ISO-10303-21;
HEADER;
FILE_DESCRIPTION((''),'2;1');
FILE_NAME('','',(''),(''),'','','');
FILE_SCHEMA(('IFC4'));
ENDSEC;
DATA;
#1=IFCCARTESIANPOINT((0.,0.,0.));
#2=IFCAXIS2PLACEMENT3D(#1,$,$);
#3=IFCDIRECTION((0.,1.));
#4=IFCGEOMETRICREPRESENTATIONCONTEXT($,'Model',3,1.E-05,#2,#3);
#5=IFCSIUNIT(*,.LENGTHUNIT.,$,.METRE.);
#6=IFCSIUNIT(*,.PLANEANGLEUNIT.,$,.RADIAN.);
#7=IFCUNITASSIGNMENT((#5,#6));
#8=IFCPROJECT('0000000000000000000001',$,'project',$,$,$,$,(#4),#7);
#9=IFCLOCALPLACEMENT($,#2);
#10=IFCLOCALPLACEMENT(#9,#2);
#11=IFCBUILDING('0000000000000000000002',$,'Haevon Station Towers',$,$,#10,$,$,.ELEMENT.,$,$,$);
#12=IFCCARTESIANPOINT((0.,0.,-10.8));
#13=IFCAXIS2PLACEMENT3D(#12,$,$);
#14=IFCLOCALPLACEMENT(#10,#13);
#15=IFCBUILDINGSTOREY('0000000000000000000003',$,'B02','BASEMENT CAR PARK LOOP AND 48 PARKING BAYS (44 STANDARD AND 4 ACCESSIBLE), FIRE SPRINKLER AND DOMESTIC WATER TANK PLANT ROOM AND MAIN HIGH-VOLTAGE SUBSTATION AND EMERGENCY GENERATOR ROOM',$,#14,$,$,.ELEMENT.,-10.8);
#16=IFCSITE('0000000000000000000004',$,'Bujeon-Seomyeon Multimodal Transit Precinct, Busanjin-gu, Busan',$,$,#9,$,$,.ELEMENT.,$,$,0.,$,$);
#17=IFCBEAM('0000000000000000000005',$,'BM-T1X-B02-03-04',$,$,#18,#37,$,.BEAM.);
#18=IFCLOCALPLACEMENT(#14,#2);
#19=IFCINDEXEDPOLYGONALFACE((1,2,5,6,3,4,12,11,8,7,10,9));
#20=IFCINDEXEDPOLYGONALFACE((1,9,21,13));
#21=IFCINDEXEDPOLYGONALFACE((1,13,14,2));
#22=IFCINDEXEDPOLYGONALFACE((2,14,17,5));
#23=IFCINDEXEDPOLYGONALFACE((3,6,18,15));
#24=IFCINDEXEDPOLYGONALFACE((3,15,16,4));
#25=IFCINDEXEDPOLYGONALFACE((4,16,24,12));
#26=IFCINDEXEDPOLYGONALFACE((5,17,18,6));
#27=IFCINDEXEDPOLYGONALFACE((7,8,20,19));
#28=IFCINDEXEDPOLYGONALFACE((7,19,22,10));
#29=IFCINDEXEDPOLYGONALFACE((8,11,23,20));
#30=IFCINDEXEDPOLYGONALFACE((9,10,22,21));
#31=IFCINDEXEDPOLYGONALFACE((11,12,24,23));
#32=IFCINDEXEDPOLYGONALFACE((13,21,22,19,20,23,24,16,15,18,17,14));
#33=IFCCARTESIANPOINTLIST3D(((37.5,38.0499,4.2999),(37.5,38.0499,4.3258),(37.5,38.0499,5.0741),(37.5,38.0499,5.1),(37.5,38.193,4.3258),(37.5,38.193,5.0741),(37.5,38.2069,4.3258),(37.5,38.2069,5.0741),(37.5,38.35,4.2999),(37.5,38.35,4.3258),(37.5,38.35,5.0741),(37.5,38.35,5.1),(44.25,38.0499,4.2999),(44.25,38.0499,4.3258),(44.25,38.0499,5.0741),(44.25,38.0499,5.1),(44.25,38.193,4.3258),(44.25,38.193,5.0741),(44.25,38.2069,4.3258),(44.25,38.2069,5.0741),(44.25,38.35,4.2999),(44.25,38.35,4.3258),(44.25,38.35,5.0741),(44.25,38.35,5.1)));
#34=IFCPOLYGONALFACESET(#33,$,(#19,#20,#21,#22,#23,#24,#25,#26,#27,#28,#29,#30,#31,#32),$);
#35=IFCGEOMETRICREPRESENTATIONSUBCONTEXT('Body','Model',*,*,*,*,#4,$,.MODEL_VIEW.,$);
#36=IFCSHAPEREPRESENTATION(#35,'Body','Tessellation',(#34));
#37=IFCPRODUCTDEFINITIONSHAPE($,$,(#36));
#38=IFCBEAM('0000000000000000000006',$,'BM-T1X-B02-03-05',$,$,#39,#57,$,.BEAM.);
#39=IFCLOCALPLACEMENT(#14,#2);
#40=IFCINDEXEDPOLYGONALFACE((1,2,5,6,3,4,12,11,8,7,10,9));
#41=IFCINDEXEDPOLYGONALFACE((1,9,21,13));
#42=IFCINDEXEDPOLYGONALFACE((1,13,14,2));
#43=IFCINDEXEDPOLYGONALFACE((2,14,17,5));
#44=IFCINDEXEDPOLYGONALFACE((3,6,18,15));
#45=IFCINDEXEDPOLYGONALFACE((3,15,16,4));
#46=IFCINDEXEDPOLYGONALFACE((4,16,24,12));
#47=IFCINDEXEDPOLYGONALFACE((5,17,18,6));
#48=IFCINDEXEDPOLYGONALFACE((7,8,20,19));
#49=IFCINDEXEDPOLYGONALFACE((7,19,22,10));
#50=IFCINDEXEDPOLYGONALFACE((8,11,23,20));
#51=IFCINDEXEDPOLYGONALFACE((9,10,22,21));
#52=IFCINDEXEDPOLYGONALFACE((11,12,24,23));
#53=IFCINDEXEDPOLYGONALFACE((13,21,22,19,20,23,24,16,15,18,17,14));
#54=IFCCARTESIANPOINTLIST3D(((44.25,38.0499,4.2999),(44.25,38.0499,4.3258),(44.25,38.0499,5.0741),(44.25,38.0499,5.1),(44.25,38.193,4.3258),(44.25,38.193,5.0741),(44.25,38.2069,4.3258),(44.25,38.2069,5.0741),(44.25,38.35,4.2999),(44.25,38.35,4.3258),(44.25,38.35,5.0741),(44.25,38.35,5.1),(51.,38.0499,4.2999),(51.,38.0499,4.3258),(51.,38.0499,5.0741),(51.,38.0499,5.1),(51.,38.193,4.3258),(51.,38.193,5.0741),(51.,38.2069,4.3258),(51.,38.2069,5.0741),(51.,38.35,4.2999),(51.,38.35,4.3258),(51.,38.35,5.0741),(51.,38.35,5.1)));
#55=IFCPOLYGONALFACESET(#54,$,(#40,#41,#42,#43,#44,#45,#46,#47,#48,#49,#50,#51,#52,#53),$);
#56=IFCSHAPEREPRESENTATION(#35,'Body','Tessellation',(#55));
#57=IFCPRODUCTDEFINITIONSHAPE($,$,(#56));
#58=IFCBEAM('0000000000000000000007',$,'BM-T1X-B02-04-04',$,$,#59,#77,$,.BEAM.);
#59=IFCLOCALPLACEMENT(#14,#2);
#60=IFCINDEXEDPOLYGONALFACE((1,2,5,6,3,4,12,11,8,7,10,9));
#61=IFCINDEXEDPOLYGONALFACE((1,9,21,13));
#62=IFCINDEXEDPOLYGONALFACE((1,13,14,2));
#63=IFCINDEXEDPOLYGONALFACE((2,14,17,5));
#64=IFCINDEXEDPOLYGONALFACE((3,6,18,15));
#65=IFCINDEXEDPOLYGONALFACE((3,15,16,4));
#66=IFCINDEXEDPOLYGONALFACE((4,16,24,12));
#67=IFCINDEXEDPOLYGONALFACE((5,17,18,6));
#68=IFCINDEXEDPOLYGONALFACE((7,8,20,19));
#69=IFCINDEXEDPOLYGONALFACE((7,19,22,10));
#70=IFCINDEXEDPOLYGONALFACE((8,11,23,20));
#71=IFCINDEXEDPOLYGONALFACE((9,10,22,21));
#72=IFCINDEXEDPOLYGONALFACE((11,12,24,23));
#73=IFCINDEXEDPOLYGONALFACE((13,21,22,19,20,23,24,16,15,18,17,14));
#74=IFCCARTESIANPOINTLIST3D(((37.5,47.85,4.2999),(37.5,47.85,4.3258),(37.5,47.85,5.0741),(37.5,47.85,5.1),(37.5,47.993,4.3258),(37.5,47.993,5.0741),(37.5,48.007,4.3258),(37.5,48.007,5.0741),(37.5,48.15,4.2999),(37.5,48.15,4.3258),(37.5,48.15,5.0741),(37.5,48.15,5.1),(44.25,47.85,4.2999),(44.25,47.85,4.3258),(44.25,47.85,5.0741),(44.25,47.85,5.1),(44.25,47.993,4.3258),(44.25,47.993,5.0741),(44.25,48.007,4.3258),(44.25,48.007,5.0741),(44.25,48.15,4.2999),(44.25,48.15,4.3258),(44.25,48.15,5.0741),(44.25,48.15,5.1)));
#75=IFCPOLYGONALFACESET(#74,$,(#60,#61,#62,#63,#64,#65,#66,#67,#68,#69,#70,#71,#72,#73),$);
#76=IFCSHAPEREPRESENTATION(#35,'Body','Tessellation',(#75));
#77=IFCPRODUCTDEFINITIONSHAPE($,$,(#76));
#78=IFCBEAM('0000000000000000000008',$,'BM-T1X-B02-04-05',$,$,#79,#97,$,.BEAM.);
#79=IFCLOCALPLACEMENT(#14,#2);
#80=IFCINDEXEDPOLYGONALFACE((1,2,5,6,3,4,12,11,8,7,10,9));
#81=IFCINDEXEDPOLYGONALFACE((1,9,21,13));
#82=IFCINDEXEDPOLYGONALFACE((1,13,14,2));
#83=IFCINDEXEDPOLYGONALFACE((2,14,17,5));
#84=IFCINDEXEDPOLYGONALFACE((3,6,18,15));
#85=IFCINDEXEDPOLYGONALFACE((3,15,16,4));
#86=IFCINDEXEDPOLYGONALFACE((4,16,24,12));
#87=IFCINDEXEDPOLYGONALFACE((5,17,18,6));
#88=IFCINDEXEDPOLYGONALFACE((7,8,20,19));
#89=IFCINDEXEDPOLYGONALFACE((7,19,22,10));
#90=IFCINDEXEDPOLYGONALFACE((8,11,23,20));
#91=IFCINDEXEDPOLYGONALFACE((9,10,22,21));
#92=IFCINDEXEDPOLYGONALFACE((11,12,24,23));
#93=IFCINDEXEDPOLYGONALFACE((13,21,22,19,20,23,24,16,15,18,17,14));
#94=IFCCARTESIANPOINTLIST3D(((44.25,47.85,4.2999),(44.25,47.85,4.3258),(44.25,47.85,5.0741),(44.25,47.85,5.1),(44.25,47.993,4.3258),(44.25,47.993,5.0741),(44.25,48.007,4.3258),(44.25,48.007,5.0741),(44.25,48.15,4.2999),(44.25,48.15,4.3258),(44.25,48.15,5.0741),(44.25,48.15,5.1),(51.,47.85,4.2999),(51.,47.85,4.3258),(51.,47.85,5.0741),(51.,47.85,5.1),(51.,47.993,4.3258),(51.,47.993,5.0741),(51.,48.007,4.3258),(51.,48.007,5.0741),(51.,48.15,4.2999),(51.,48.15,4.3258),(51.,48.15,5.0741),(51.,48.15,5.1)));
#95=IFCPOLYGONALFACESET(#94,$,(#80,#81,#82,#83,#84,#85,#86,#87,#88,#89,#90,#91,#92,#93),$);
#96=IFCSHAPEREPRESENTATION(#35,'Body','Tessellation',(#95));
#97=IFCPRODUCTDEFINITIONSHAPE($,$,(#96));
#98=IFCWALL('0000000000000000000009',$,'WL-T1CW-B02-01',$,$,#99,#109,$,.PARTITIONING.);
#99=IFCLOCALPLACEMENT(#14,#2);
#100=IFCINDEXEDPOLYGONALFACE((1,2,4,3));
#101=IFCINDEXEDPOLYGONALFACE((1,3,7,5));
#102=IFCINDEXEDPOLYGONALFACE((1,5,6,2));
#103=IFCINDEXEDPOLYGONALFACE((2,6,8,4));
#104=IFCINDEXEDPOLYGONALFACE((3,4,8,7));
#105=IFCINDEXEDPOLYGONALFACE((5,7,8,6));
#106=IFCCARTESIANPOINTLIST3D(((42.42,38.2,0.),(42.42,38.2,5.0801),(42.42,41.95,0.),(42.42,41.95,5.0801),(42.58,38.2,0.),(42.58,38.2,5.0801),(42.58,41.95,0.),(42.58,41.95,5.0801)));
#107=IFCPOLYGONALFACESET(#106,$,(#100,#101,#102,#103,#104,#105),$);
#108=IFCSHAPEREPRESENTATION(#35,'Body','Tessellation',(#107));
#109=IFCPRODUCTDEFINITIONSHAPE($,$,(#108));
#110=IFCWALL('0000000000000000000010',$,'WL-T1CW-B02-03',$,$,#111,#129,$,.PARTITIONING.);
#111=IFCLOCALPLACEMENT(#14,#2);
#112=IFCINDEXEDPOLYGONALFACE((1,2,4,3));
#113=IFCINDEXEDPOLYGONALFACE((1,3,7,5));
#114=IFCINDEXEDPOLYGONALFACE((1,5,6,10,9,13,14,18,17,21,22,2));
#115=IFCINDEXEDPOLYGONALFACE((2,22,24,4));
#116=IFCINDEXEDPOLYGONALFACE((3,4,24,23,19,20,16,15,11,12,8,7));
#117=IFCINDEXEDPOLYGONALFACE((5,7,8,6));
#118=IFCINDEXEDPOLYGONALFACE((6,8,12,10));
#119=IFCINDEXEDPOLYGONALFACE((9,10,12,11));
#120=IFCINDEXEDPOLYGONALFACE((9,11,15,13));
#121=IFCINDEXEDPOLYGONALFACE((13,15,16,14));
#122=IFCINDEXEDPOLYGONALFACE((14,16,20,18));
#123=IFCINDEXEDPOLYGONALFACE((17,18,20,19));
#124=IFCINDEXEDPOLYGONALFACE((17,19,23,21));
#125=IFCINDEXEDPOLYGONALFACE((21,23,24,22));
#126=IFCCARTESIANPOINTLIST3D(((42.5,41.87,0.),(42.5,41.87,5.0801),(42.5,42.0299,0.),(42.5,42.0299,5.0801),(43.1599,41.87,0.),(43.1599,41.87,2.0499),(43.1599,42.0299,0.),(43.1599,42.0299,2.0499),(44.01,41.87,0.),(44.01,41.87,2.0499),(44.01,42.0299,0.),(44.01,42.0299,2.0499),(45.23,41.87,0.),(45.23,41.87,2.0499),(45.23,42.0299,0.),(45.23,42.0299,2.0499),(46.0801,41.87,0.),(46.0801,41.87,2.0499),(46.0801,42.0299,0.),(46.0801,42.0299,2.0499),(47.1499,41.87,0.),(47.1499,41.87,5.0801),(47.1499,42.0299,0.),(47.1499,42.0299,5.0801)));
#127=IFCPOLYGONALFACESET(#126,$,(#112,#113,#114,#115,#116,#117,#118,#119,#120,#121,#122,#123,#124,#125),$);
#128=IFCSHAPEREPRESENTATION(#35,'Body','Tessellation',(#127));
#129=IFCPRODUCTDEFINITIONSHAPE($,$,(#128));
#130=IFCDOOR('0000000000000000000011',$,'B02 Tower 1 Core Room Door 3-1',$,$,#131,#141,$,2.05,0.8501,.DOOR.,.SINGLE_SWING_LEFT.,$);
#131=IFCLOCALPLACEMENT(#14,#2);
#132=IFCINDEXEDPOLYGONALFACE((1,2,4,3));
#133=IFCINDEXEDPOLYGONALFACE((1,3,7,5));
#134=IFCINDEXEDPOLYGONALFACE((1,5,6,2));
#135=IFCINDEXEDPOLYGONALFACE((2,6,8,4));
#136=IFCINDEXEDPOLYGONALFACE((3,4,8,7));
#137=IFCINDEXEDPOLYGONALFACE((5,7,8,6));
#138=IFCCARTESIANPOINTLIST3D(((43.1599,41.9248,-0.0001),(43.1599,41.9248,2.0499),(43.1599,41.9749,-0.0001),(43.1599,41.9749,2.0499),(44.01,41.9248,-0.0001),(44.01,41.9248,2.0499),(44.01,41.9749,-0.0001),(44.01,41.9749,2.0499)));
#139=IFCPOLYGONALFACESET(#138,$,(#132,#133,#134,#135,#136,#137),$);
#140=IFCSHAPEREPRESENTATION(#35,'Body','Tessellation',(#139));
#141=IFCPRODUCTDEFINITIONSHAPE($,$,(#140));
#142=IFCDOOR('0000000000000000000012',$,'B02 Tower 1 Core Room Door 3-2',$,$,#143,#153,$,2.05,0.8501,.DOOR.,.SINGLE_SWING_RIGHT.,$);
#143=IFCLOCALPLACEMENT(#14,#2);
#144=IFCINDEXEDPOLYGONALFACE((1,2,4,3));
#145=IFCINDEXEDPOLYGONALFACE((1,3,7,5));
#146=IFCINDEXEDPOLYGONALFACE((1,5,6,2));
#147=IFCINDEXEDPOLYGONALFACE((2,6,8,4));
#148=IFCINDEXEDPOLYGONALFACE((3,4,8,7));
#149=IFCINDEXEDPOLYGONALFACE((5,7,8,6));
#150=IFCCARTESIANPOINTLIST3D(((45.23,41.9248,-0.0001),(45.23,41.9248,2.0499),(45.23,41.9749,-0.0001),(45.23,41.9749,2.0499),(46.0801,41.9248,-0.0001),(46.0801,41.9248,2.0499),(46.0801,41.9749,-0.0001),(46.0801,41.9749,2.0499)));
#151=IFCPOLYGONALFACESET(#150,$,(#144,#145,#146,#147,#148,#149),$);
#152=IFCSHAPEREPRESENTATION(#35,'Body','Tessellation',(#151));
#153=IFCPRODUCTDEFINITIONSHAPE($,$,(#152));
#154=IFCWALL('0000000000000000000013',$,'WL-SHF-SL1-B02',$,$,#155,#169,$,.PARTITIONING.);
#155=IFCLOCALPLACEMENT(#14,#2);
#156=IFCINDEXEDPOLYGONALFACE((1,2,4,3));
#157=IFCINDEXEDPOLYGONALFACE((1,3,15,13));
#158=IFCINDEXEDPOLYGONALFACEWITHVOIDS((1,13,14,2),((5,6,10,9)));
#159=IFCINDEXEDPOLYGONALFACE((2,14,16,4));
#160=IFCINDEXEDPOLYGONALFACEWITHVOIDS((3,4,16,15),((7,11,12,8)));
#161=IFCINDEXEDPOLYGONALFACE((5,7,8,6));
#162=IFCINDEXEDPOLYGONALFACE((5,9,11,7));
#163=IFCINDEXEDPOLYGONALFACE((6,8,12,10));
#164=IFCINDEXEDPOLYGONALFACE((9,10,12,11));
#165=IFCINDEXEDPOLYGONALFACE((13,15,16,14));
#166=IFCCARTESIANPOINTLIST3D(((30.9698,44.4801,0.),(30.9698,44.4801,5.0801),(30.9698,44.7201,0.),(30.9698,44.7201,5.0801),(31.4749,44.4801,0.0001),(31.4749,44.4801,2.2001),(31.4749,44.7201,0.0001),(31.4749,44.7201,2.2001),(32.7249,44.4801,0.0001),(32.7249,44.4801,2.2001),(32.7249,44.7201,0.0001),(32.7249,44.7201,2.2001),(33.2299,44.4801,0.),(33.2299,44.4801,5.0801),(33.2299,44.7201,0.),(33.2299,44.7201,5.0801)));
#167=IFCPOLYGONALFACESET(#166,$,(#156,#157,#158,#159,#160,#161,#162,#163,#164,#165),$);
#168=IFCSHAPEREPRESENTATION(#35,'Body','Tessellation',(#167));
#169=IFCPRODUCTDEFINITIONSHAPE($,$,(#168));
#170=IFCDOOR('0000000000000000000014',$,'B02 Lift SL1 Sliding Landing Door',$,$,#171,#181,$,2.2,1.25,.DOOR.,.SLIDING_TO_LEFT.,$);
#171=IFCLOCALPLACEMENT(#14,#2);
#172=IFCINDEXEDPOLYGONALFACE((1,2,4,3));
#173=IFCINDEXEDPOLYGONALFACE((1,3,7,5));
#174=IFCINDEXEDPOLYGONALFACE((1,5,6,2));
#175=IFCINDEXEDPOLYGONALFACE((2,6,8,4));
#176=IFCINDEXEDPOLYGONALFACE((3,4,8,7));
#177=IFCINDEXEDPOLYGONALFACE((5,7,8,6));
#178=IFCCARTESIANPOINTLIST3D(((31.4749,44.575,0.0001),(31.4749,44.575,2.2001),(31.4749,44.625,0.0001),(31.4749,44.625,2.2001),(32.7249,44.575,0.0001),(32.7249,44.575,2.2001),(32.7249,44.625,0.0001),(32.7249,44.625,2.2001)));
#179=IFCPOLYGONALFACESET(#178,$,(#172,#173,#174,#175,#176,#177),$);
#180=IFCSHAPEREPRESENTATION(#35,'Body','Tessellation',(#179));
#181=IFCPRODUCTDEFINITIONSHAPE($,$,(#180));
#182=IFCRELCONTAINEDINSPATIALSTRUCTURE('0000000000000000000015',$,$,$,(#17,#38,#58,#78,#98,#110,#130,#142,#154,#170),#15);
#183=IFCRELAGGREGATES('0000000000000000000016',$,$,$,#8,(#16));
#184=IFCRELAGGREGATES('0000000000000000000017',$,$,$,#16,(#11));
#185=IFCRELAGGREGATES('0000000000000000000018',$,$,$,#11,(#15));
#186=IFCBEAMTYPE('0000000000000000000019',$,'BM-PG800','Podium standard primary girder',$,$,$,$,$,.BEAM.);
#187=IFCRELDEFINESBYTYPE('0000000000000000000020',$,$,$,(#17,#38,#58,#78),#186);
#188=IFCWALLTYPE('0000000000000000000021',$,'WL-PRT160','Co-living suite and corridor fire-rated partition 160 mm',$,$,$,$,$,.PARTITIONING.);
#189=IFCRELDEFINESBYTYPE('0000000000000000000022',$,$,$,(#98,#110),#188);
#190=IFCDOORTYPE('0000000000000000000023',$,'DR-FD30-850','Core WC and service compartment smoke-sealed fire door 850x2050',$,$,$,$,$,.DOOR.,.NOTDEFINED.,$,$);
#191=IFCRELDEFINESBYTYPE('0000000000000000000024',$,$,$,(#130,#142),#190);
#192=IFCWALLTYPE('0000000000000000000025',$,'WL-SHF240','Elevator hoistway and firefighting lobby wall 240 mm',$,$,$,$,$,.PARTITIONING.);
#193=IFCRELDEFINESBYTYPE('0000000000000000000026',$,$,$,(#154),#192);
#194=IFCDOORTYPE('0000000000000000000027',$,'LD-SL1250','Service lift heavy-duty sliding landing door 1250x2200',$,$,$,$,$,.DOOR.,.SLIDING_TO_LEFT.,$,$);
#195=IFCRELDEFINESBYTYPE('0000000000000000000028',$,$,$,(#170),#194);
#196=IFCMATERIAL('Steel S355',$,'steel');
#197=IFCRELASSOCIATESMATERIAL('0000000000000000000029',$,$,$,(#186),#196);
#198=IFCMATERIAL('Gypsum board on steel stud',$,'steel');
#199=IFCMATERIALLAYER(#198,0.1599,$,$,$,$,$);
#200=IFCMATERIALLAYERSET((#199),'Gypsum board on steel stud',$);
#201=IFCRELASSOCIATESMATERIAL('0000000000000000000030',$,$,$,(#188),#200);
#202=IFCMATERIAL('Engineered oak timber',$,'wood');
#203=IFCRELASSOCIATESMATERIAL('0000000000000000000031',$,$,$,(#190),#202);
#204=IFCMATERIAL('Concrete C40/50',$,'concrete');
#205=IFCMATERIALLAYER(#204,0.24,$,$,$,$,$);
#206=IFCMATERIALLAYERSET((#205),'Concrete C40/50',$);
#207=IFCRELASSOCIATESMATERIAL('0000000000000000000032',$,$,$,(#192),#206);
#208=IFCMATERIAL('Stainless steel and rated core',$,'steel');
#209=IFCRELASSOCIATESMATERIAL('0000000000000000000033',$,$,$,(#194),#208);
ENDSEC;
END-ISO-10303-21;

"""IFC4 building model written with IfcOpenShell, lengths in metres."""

from ifc_helpers import new_model, si_unit, direction, frame, frame_2d, origin, origin_2d, place, context, subcontext, project, spatial, rectangle, i_section, extrude, material, layer, layer_set, material_profile, profile_set, type_object, element, fill, save


model = new_model("IFC4")

# Units and contexts
model_context = context("Model", 3, precision=1e-05, world=origin(), true_north=direction((0.0, 1.0)))
body_context = subcontext(model_context, "Body", "Model", "MODEL_VIEW")
ifc_project = project(units=[si_unit("LENGTHUNIT", "METRE"), si_unit("PLANEANGLEUNIT", "RADIAN")], contexts=[model_context])

# Site, building, storey
site_placement = place(None, origin())
site = spatial("IfcSite", under=ifc_project, at=site_placement, Name="Bujeon-Seomyeon Multimodal Transit Precinct, Busanjin-gu, Busan", CompositionType="ELEMENT", RefElevation=0.0)
building_placement = place(site_placement, origin())
building = spatial("IfcBuilding", under=site, at=building_placement, Name="Haevon Station Towers", CompositionType="ELEMENT")
storey_placement = place(building_placement, frame((0.0, 0.0, -10.8)))
storey = spatial("IfcBuildingStorey", under=building, at=storey_placement, Name="B02", Description="BASEMENT CAR PARK LOOP AND 48 PARKING BAYS (44 STANDARD AND 4 ACCESSIBLE), FIRE SPRINKLER AND DOMESTIC WATER TANK PLANT ROOM AND MAIN HIGH-VOLTAGE SUBSTATION AND EMERGENCY GENERATOR ROOM", CompositionType="ELEMENT", Elevation=-10.8)

# Beams
ifc_material_1 = material(Name="Steel S355", Category="steel")
ifc_material_profile_1 = material_profile(ifc_material_1, i_section(OverallWidth=0.3, OverallDepth=0.8, WebThickness=0.0139, FlangeThickness=0.0259, at=origin_2d()), Name="H-800x300x14x26")
ifc_profile_set_1 = profile_set([ifc_material_profile_1], Name="Steel S355")
beam_type = type_object("IfcBeamType", Name="BM-PG800", Description="Podium standard primary girder", PredefinedType="BEAM", material=ifc_profile_set_1)
for number, where, z_axis, x_axis, name in (
    (1, (37.5, 38.2, 4.7), (1.0, 0.0, 0.0), (0.0, 1.0, 0.0), "BM-T1X-B02-03-04"),
    (2, (44.25, 38.2, 4.7), (1.0, 0.0, 0.0), (0.0, 1.0, 0.0), "BM-T1X-B02-03-05"),
    (3, (37.5, 48.0, 4.7), (1.0, 0.0, 0.0), (0.0, 1.0, 0.0), "BM-T1X-B02-04-04"),
    (4, (44.25, 48.0, 4.7), (1.0, 0.0, 0.0), (0.0, 1.0, 0.0), "BM-T1X-B02-04-05"),
):
    element("IfcBeam", number, at=place(storey_placement, frame(where, z_axis=z_axis, x_axis=x_axis)), inside=storey, type_object=beam_type, Name=name, PredefinedType="BEAM", context=body_context, shape_type="SweptSolid", body=[
        extrude(i_section(OverallWidth=0.3, OverallDepth=0.8, WebThickness=0.0139, FlangeThickness=0.0259, at=origin_2d()), origin(), (0.0, 0.0, 1.0), 6.75),
    ])

# Wall
ifc_material_2 = material(Name="Gypsum board on steel stud", Category="steel")
ifc_layer_1 = layer(ifc_material_2, 0.1599)
ifc_layer_set_1 = layer_set([ifc_layer_1], Name="Gypsum board on steel stud")
wall_type_1 = type_object("IfcWallType", Name="WL-PRT160", Description="Co-living suite and corridor fire-rated partition 160 mm", PredefinedType="PARTITIONING", material=ifc_layer_set_1)
wall_1_placement = place(storey_placement, frame((42.5, 38.2, 0.0), z_axis=(0.0, 0.0, 1.0), x_axis=(0.0, 1.0, 0.0)))
element("IfcWall", 5, at=wall_1_placement, inside=storey, type_object=wall_type_1, Name="WL-T1CW-B02-01", PredefinedType="PARTITIONING", context=body_context, shape_type="SweptSolid", body=[
    extrude(rectangle(XDim=3.75, YDim=0.1599, at=frame_2d((1.875, 0.0))), origin(), (0.0, 0.0, 1.0), 5.0801),
])

# Wall, openings, doors
wall_2_placement = place(storey_placement, frame((42.5, 41.95, 0.0), z_axis=(0.0, 0.0, 1.0), x_axis=(1.0, 0.0, 0.0)))
wall_2 = element("IfcWall", 6, at=wall_2_placement, inside=storey, type_object=wall_type_1, Name="WL-T1CW-B02-03", PredefinedType="PARTITIONING", context=body_context, shape_type="SweptSolid", body=[
    extrude(rectangle(XDim=4.6499, YDim=0.1599, at=frame_2d((2.325, 0.0))), origin(), (0.0, 0.0, 1.0), 5.0801),
])
opening_1_placement = place(wall_2_placement, frame((0.6599, 0.0, 0.0)))
opening_1 = element("IfcOpeningElement", 7, at=opening_1_placement, cuts=wall_2, PredefinedType="OPENING", context=body_context, shape_type="SweptSolid", body=[
    extrude(rectangle(XDim=0.8501, YDim=2.05, at=frame_2d((0.425, 1.0249))), frame((0.0, 0.0898, 0.0), z_axis=(0.0, -1.0, 0.0), x_axis=(1.0, 0.0, 0.0)), (0.0, 0.0, 1.0), 0.1799),
])
opening_2_placement = place(wall_2_placement, frame((2.73, 0.0, 0.0)))
opening_2 = element("IfcOpeningElement", 8, at=opening_2_placement, cuts=wall_2, PredefinedType="OPENING", context=body_context, shape_type="SweptSolid", body=[
    extrude(rectangle(XDim=0.8501, YDim=2.05, at=frame_2d((0.425, 1.0249))), frame((0.0, 0.0898, 0.0), z_axis=(0.0, -1.0, 0.0), x_axis=(1.0, 0.0, 0.0)), (0.0, 0.0, 1.0), 0.1799),
])
ifc_material_3 = material(Name="Engineered oak timber", Category="wood")
door_type_1 = type_object("IfcDoorType", Name="DR-FD30-850", Description="Core WC and service compartment smoke-sealed fire door 850x2050", OperationType="NOTDEFINED", PredefinedType="DOOR", material=ifc_material_3)
door_1_placement = place(opening_1_placement, origin())
door_1 = element("IfcDoor", 9, at=door_1_placement, inside=storey, type_object=door_type_1, Name="B02 Tower 1 Core Room Door 3-1", OperationType="SINGLE_SWING_LEFT", OverallHeight=2.05, OverallWidth=0.8501, PredefinedType="DOOR", context=body_context, shape_type="SweptSolid", body=[
    extrude(rectangle(XDim=0.8501, YDim=2.05, at=frame_2d((0.425, 1.0249))), frame((0.0, 0.0249, 0.0), z_axis=(0.0, -1.0, 0.0), x_axis=(1.0, 0.0, 0.0)), (0.0, 0.0, 1.0), 0.05),
])
fill(opening_1, door_1)
door_2_placement = place(opening_2_placement, origin())
door_2 = element("IfcDoor", 10, at=door_2_placement, inside=storey, type_object=door_type_1, Name="B02 Tower 1 Core Room Door 3-2", OperationType="SINGLE_SWING_RIGHT", OverallHeight=2.05, OverallWidth=0.8501, PredefinedType="DOOR", context=body_context, shape_type="SweptSolid", body=[
    extrude(rectangle(XDim=0.8501, YDim=2.05, at=frame_2d((0.425, 1.0249))), frame((0.0, 0.0249, 0.0), z_axis=(0.0, -1.0, 0.0), x_axis=(1.0, 0.0, 0.0)), (0.0, 0.0, 1.0), 0.05),
])
fill(opening_2, door_2)

# Wall, opening, door
ifc_material_4 = material(Name="Concrete C40/50", Category="concrete")
ifc_layer_2 = layer(ifc_material_4, 0.24)
ifc_layer_set_2 = layer_set([ifc_layer_2], Name="Concrete C40/50")
wall_type_2 = type_object("IfcWallType", Name="WL-SHF240", Description="Elevator hoistway and firefighting lobby wall 240 mm", PredefinedType="PARTITIONING", material=ifc_layer_set_2)
wall_3_placement = place(storey_placement, frame((30.97, 44.6001, 0.0), z_axis=(0.0, 0.0, 1.0), x_axis=(1.0, 0.0, 0.0)))
wall_3 = element("IfcWall", 11, at=wall_3_placement, inside=storey, type_object=wall_type_2, Name="WL-SHF-SL1-B02", PredefinedType="PARTITIONING", context=body_context, shape_type="SweptSolid", body=[
    extrude(rectangle(XDim=2.26, YDim=0.24, at=frame_2d((1.1299, 0.0))), origin(), (0.0, 0.0, 1.0), 5.0801),
])
opening_3_placement = place(wall_3_placement, frame((0.5049, 0.0, 0.0)))
opening_3 = element("IfcOpeningElement", 12, at=opening_3_placement, cuts=wall_3, PredefinedType="OPENING", context=body_context, shape_type="SweptSolid", body=[
    extrude(rectangle(XDim=1.25, YDim=2.2, at=frame_2d((0.625, 1.1001))), frame((0.0, 0.1299, 0.0), z_axis=(0.0, -1.0, 0.0), x_axis=(1.0, 0.0, 0.0)), (0.0, 0.0, 1.0), 0.26),
])
ifc_material_5 = material(Name="Stainless steel and rated core", Category="steel")
door_type_2 = type_object("IfcDoorType", Name="LD-SL1250", Description="Service lift heavy-duty sliding landing door 1250x2200", OperationType="SLIDING_TO_LEFT", PredefinedType="DOOR", material=ifc_material_5)
door_3_placement = place(opening_3_placement, origin())
door_3 = element("IfcDoor", 13, at=door_3_placement, inside=storey, type_object=door_type_2, Name="B02 Lift SL1 Sliding Landing Door", OperationType="SLIDING_TO_LEFT", OverallHeight=2.2, OverallWidth=1.25, PredefinedType="DOOR", context=body_context, shape_type="SweptSolid", body=[
    extrude(rectangle(XDim=1.25, YDim=2.2, at=frame_2d((0.625, 1.1001))), frame((0.0, 0.0249, 0.0), z_axis=(0.0, -1.0, 0.0), x_axis=(1.0, 0.0, 0.0)), (0.0, 0.0, 1.0), 0.05),
])
fill(opening_3, door_3)

save(model, "model.ifc")
